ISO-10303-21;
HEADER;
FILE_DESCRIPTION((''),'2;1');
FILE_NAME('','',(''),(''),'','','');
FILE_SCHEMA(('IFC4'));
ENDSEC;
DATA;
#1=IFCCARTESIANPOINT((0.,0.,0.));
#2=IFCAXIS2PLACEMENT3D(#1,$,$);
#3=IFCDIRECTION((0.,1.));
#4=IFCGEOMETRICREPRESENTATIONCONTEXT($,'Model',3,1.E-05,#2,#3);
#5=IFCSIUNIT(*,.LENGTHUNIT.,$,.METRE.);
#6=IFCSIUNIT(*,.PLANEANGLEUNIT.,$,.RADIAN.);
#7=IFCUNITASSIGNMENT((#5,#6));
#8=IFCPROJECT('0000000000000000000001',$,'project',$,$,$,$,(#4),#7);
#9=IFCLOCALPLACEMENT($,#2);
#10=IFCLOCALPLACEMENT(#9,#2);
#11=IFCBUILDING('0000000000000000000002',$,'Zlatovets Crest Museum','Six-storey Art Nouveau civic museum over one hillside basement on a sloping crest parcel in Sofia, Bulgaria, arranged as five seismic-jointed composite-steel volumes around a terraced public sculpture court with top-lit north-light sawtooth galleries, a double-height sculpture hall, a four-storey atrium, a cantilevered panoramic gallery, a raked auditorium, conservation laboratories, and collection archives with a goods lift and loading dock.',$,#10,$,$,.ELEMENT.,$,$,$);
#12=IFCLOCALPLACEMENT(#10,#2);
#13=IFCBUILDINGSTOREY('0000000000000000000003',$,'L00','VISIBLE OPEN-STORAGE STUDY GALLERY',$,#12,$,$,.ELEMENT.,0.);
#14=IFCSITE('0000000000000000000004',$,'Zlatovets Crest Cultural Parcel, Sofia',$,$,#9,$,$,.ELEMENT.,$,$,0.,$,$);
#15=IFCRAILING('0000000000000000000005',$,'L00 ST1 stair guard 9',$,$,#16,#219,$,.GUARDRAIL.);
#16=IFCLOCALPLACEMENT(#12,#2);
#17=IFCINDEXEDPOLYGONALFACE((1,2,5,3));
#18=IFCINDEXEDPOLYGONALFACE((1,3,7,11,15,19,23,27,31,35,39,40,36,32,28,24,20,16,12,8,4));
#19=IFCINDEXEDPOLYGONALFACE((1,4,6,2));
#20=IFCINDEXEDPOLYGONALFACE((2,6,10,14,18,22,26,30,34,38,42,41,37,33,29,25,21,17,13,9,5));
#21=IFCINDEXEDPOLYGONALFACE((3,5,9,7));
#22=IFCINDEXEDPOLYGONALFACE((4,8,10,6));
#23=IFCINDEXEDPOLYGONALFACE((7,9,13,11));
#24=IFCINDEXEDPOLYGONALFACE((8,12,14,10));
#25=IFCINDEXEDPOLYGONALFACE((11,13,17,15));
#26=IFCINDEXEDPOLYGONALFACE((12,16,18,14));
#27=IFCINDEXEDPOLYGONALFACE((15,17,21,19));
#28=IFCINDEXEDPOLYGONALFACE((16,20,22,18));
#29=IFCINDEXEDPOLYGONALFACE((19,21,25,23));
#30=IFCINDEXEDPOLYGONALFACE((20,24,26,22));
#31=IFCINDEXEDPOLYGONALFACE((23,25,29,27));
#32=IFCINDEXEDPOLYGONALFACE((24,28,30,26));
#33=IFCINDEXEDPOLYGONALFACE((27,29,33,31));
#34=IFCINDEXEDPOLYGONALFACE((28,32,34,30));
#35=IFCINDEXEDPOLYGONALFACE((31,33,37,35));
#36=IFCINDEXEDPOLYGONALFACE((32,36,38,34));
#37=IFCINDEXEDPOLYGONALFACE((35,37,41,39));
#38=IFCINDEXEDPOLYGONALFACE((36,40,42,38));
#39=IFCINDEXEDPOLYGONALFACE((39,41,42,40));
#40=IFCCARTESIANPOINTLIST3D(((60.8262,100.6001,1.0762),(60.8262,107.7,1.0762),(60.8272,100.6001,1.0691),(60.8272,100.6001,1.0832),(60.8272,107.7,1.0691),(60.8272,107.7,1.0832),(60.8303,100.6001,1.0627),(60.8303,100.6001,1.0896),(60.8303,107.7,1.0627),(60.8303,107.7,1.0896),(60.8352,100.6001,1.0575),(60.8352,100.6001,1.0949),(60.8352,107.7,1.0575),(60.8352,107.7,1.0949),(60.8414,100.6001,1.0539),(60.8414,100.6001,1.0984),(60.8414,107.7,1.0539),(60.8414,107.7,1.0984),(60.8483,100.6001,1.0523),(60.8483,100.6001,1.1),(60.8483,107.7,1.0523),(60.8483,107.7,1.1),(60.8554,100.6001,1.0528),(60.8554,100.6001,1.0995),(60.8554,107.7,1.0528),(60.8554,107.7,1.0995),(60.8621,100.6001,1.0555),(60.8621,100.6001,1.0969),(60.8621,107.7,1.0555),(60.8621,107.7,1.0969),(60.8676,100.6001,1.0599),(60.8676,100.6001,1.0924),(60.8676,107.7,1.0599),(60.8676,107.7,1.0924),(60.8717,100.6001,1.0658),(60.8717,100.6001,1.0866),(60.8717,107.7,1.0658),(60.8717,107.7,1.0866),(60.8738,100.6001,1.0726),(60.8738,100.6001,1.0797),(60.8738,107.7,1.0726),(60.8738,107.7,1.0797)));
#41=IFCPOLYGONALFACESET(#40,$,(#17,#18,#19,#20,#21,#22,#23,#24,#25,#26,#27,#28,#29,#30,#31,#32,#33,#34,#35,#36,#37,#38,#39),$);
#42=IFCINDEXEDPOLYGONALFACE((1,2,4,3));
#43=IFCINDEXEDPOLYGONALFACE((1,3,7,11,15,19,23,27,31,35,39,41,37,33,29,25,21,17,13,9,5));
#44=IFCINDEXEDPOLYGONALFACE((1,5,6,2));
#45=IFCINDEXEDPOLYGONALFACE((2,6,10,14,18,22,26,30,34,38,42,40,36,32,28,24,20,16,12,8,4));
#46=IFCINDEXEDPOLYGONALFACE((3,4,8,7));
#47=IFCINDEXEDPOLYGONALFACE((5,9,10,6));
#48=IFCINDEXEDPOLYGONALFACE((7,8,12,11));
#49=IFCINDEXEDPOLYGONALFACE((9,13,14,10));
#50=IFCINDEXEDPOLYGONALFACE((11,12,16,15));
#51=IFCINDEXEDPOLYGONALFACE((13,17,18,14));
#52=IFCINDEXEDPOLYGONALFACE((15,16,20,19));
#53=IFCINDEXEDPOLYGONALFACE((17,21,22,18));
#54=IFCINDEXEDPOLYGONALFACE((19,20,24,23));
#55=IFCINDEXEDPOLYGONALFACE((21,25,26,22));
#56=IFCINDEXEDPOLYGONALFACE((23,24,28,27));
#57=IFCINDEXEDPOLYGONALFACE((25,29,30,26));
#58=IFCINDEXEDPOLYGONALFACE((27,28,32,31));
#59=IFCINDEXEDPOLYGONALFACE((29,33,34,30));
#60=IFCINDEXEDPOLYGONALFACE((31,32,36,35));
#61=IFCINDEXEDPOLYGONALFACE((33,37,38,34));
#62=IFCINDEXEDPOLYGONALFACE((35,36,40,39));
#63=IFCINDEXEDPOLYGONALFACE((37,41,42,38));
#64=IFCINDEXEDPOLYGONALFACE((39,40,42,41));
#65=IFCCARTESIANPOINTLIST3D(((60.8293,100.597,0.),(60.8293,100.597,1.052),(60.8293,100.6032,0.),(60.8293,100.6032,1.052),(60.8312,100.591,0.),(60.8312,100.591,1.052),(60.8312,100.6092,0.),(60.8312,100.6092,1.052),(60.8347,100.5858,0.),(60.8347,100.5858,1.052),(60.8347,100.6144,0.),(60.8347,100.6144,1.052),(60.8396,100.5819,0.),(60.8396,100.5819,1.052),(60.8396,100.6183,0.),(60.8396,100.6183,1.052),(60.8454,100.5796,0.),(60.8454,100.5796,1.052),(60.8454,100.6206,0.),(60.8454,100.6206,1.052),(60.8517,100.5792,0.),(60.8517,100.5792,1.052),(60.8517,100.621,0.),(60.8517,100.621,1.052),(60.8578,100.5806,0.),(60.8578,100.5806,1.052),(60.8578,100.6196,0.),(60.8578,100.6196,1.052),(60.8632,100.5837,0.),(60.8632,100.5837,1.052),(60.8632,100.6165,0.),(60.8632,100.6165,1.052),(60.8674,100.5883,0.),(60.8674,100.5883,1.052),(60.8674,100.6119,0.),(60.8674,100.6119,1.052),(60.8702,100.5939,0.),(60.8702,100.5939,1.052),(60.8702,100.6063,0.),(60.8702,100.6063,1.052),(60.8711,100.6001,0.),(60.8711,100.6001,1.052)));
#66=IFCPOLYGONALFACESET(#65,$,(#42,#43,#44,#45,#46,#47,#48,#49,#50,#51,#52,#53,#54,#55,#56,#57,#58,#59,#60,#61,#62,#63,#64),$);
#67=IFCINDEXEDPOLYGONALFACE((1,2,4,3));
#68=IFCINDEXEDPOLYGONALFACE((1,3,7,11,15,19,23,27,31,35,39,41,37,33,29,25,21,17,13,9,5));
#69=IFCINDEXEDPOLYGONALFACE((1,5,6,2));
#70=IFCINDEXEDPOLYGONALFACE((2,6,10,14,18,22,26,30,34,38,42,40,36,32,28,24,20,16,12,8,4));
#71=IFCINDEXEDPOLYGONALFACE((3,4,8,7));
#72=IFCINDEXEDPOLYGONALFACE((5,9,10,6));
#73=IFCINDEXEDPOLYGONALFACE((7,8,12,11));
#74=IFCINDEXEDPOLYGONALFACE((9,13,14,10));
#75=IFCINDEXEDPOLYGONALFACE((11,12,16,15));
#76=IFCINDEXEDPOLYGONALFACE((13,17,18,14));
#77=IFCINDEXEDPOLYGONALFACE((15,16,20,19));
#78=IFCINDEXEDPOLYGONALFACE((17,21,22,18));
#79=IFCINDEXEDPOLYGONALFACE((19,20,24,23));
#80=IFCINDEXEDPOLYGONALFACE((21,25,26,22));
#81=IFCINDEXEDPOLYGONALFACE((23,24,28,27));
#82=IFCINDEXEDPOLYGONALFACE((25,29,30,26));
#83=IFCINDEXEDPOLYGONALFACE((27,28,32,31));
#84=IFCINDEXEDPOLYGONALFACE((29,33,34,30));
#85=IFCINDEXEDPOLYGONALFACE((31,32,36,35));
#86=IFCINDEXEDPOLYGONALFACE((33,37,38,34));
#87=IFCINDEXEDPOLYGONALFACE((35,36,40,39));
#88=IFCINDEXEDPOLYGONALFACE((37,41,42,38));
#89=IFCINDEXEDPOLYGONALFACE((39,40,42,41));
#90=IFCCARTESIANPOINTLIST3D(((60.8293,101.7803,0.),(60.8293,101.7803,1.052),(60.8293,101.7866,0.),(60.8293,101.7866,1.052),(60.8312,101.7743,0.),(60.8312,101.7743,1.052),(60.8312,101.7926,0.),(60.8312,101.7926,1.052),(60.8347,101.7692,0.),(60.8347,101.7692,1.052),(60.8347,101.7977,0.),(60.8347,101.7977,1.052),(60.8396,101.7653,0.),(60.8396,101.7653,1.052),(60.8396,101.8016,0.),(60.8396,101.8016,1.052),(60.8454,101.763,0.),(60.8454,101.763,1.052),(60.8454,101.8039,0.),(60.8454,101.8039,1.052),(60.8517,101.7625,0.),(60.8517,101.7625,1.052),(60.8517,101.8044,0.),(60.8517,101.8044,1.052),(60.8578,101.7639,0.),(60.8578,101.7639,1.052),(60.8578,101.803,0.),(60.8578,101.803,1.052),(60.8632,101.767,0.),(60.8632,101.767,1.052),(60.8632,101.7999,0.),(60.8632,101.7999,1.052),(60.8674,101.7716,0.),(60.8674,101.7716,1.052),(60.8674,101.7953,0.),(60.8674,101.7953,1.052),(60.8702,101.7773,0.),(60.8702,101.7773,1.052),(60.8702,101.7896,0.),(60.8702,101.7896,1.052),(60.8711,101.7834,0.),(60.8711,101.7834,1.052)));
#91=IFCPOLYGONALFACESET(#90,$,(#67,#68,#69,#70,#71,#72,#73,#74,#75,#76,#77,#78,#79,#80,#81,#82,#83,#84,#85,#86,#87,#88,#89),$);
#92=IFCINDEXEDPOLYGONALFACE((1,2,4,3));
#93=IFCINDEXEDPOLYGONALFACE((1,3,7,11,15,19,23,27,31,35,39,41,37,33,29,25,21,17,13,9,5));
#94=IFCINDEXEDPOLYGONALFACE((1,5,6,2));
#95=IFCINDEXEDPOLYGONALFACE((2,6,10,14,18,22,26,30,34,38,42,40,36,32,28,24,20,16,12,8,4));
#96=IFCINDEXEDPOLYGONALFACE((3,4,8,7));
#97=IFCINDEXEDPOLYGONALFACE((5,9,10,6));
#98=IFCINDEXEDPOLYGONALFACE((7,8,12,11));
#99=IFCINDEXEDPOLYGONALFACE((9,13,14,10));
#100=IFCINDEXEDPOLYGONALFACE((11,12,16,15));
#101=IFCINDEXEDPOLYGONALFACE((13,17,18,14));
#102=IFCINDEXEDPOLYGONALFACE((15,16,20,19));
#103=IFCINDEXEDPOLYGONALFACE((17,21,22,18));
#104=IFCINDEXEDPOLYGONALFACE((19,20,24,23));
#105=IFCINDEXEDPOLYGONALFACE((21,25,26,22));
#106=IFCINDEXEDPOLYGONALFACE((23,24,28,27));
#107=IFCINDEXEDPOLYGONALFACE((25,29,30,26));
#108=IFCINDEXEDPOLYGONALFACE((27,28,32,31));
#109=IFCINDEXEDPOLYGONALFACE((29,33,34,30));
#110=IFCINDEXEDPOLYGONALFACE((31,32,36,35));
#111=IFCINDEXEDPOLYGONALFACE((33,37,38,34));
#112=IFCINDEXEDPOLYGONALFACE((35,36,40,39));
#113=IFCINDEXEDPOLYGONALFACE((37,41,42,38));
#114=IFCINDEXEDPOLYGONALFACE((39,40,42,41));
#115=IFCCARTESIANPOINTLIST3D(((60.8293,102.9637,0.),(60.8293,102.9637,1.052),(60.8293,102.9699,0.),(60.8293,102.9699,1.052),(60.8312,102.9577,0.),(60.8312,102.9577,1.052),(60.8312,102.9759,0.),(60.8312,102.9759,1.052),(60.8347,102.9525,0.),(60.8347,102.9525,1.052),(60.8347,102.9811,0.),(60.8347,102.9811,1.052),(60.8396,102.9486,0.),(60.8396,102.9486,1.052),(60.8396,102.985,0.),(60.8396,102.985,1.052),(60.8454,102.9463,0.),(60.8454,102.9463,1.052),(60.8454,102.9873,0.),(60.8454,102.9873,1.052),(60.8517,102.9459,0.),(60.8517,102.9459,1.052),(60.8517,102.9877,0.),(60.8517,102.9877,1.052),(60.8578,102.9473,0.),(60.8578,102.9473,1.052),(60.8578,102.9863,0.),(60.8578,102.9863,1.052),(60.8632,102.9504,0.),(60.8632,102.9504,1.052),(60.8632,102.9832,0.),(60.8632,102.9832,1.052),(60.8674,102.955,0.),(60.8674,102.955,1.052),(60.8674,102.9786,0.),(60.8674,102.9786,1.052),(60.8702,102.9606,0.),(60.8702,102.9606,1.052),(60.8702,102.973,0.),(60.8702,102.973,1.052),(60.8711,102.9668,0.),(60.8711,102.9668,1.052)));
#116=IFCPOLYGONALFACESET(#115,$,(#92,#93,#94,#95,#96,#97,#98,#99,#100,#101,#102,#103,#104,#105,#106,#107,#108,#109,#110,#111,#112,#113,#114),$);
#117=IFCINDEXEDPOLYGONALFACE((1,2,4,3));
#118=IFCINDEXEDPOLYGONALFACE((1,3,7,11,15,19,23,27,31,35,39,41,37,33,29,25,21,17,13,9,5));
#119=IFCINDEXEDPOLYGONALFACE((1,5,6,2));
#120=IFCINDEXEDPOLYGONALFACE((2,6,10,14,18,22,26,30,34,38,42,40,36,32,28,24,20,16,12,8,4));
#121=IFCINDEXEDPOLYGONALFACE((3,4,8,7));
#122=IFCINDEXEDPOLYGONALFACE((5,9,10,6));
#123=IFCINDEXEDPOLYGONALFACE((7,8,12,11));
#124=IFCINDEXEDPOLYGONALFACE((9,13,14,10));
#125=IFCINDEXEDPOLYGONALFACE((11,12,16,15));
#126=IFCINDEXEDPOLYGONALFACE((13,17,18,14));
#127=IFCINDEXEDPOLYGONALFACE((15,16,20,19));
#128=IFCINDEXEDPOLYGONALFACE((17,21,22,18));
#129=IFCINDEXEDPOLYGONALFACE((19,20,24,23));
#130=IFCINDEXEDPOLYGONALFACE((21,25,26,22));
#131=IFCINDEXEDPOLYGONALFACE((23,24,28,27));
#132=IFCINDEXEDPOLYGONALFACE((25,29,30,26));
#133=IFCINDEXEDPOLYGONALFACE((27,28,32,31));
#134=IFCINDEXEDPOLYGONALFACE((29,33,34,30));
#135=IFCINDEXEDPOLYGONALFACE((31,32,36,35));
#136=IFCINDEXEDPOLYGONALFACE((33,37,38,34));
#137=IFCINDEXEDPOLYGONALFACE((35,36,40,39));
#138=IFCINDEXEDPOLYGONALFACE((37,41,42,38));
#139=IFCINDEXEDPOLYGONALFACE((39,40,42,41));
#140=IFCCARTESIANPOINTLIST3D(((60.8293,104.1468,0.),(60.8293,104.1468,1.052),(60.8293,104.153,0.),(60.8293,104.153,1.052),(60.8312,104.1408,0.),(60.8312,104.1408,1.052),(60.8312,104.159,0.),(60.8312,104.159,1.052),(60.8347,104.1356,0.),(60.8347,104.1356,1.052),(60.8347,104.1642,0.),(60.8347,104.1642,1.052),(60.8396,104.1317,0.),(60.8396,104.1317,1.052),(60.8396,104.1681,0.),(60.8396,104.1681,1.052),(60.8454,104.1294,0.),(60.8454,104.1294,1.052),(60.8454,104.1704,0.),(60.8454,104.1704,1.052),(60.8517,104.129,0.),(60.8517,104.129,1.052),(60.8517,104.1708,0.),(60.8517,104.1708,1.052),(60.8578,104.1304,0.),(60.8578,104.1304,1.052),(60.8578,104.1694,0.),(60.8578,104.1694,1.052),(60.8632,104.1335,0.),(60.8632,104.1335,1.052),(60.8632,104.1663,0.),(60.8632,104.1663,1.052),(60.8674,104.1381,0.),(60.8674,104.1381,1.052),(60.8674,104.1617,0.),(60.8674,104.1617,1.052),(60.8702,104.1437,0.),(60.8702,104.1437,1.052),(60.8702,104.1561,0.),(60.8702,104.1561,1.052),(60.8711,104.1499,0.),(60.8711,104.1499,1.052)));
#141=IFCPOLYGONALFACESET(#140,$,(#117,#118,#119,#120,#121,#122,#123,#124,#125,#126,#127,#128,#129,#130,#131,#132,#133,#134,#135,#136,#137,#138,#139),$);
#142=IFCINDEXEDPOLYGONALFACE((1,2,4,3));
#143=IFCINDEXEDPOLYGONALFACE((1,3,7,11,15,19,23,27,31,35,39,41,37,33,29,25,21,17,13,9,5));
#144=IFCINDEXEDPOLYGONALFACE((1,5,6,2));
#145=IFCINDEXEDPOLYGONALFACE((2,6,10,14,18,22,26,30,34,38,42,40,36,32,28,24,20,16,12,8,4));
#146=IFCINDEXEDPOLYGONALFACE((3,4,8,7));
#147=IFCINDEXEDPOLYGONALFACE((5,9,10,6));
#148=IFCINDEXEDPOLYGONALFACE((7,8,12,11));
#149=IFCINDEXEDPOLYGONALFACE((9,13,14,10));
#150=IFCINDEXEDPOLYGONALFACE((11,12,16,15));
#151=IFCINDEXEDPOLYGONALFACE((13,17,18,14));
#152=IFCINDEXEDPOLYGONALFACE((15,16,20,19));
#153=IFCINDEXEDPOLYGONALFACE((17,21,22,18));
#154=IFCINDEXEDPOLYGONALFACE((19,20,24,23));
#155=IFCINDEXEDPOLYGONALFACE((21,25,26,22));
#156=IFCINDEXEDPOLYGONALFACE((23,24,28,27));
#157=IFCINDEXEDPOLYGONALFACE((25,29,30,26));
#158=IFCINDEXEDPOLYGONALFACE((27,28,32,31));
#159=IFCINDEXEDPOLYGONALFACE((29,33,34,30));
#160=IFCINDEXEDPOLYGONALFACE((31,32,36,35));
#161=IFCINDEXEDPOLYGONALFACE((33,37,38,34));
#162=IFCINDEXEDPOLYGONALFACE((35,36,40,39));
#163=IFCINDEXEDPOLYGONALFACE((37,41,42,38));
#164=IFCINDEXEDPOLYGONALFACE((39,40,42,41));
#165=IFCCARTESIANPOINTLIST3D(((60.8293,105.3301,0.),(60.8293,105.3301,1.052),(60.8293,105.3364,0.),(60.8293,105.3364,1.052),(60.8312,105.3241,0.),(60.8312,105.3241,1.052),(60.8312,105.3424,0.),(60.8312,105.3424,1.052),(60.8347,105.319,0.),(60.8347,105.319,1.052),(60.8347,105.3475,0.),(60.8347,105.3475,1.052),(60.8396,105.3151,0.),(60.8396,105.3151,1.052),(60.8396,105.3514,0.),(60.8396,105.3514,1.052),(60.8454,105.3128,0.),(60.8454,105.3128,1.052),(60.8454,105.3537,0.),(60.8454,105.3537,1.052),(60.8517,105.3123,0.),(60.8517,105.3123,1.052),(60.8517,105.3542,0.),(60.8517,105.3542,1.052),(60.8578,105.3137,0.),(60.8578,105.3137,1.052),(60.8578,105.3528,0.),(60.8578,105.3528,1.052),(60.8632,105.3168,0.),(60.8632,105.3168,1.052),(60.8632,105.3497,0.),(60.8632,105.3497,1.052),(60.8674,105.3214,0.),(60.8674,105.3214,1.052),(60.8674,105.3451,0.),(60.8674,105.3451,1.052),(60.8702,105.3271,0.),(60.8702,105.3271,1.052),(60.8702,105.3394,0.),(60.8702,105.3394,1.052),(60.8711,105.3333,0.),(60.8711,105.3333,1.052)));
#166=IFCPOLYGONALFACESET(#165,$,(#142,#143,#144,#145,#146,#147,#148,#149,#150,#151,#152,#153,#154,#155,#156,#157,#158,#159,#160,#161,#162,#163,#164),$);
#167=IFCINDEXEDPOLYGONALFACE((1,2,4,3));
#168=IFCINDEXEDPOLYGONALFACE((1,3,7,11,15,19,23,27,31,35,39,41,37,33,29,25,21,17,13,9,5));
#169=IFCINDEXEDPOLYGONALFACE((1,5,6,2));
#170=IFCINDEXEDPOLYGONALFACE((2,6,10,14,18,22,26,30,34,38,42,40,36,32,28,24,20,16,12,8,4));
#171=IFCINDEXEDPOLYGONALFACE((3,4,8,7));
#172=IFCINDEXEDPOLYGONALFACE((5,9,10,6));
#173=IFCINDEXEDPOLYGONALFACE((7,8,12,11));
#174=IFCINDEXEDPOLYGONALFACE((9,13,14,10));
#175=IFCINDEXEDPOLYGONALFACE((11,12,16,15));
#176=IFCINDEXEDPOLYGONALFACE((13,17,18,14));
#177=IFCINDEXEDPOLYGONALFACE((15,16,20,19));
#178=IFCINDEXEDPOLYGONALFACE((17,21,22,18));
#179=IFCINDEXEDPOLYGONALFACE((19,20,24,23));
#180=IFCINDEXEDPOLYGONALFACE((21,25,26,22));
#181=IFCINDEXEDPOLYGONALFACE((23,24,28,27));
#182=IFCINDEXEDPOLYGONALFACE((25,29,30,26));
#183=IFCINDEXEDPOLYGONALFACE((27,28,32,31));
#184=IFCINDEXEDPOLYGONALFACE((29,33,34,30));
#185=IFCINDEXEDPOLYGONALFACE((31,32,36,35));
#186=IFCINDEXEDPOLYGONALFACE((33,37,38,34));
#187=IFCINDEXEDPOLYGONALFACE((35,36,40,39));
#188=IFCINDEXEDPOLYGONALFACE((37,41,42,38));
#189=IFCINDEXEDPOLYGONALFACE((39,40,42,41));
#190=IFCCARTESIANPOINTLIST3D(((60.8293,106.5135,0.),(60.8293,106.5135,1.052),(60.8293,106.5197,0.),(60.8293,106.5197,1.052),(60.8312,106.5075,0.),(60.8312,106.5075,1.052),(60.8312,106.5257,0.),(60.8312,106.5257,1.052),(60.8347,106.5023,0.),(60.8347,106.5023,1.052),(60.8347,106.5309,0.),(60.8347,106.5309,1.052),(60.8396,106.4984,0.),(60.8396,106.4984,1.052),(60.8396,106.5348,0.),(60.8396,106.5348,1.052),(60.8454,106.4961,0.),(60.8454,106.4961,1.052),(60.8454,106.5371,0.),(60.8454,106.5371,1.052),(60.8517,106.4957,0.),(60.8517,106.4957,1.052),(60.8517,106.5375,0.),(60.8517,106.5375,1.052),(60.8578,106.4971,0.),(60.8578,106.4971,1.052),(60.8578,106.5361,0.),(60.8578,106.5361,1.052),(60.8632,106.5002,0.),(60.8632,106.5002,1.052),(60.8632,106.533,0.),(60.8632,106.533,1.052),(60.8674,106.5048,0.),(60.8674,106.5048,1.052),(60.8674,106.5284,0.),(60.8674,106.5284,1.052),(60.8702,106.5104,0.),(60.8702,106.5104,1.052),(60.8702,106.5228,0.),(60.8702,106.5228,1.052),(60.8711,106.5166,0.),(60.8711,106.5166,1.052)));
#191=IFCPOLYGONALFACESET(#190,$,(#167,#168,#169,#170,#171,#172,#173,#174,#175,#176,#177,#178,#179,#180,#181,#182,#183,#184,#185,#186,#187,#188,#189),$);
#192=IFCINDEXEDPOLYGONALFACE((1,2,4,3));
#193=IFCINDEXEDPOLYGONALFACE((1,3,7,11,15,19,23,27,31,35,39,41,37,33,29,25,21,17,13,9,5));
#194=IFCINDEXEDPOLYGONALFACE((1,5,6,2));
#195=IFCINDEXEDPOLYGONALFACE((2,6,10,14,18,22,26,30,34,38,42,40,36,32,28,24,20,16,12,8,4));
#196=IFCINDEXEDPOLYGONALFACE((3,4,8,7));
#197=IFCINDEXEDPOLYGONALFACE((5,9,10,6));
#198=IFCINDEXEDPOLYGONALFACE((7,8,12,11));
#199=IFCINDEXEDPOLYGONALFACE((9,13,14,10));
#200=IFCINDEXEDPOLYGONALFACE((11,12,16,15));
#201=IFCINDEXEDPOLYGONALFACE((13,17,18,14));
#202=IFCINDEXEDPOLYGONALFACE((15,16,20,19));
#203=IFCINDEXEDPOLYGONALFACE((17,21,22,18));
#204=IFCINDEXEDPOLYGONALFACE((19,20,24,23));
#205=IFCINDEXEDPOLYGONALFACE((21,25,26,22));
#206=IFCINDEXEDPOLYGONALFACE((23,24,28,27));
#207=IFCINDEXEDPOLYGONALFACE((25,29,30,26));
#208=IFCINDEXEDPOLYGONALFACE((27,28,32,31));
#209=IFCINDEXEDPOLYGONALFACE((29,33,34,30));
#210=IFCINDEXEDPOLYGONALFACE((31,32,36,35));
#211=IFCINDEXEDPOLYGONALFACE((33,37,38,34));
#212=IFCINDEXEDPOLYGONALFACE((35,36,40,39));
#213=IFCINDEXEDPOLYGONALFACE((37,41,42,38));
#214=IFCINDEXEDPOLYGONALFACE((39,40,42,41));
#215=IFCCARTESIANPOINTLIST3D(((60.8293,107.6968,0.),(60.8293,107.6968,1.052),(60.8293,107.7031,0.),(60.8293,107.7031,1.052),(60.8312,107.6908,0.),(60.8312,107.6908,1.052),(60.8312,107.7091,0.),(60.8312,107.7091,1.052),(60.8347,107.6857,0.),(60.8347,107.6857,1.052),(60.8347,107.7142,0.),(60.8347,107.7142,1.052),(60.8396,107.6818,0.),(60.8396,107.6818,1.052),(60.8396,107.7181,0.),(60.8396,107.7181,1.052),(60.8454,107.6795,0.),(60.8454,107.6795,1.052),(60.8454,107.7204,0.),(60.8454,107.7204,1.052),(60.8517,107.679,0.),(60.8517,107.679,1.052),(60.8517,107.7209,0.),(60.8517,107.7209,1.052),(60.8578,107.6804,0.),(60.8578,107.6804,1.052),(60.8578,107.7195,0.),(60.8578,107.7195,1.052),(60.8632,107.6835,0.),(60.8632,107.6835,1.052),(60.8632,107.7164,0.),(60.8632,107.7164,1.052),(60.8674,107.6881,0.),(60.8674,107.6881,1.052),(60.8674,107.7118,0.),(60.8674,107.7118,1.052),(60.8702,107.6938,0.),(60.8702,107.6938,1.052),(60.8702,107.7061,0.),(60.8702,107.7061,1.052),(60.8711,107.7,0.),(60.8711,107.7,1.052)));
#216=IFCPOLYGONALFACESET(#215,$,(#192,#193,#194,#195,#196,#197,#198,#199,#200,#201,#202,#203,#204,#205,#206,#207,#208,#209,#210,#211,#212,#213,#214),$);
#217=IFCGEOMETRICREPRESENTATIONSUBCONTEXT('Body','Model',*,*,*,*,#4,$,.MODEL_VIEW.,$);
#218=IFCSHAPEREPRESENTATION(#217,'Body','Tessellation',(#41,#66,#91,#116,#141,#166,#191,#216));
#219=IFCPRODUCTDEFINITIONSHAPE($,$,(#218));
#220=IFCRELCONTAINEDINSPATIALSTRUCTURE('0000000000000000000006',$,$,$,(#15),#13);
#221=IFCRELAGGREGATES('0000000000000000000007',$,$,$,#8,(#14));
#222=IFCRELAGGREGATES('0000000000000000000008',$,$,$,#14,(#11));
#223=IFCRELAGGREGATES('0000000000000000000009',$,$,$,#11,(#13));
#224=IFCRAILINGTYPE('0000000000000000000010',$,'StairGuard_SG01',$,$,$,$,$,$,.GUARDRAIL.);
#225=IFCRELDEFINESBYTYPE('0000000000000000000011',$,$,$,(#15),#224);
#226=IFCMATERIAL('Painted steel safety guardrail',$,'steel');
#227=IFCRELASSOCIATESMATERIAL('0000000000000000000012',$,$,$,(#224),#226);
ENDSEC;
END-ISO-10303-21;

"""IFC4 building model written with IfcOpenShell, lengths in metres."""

from ifc_helpers import new_model, si_unit, direction, frame, origin, origin_2d, place, context, subcontext, project, spatial, circle, extrude, material, type_object, element, save


model = new_model("IFC4")

# Units and contexts
model_context = context("Model", 3, precision=1e-05, world=origin(), true_north=direction((0.0, 1.0)))
body_context = subcontext(model_context, "Body", "Model", "MODEL_VIEW")
ifc_project = project(units=[si_unit("LENGTHUNIT", "METRE"), si_unit("PLANEANGLEUNIT", "RADIAN")], contexts=[model_context])

# Site, building, storey
site_placement = place(None, origin())
site = spatial("IfcSite", under=ifc_project, at=site_placement, Name="Zlatovets Crest Cultural Parcel, Sofia", CompositionType="ELEMENT", RefElevation=0.0)
building_placement = place(site_placement, origin())
building = spatial("IfcBuilding", under=site, at=building_placement, Name="Zlatovets Crest Museum", Description="Six-storey Art Nouveau civic museum over one hillside basement on a sloping crest parcel in Sofia, Bulgaria, arranged as five seismic-jointed composite-steel volumes around a terraced public sculpture court with top-lit north-light sawtooth galleries, a double-height sculpture hall, a four-storey atrium, a cantilevered panoramic gallery, a raked auditorium, conservation laboratories, and collection archives with a goods lift and loading dock.", CompositionType="ELEMENT")
storey_placement = place(building_placement, origin())
storey = spatial("IfcBuildingStorey", under=building, at=storey_placement, Name="L00", Description="VISIBLE OPEN-STORAGE STUDY GALLERY", CompositionType="ELEMENT", Elevation=0.0)

# Railing
ifc_material_1 = material(Name="Painted steel safety guardrail", Category="steel")
railing_type_1 = type_object("IfcRailingType", Name="StairGuard_SG01", PredefinedType="GUARDRAIL", material=ifc_material_1)
for number, where, name in (
    (1, (60.8501, 100.6001, 0.0), "L00 ST1 stair guard 9"),
):
    element("IfcRailing", number, at=place(storey_placement, frame(where)), inside=storey, type_object=railing_type_1, Name=name, PredefinedType="GUARDRAIL", context=body_context, shape_type="SweptSolid", body=[
        extrude(circle(Radius=0.0239, at=origin_2d()), frame((0.0, 0.0, 1.0762), z_axis=(0.0, 1.0, 0.0), x_axis=(-1.0, 0.0, 0.0)), (0.0, 0.0, 1.0), 7.0999),
        extrude(circle(Radius=0.021, at=origin_2d()), origin(), (0.0, 0.0, 1.0), 1.052),
        extrude(circle(Radius=0.021, at=origin_2d()), frame((0.0, 1.1833, 0.0)), (0.0, 0.0, 1.0), 1.052),
        extrude(circle(Radius=0.021, at=origin_2d()), frame((0.0, 2.3667, 0.0)), (0.0, 0.0, 1.0), 1.052),
        extrude(circle(Radius=0.021, at=origin_2d()), frame((0.0, 3.5498, 0.0)), (0.0, 0.0, 1.0), 1.052),
        extrude(circle(Radius=0.021, at=origin_2d()), frame((0.0, 4.7332, 0.0)), (0.0, 0.0, 1.0), 1.052),
        extrude(circle(Radius=0.021, at=origin_2d()), frame((0.0, 5.9165, 0.0)), (0.0, 0.0, 1.0), 1.052),
        extrude(circle(Radius=0.021, at=origin_2d()), frame((0.0, 7.0999, 0.0)), (0.0, 0.0, 1.0), 1.052),
    ])

save(model, "model.ifc")
